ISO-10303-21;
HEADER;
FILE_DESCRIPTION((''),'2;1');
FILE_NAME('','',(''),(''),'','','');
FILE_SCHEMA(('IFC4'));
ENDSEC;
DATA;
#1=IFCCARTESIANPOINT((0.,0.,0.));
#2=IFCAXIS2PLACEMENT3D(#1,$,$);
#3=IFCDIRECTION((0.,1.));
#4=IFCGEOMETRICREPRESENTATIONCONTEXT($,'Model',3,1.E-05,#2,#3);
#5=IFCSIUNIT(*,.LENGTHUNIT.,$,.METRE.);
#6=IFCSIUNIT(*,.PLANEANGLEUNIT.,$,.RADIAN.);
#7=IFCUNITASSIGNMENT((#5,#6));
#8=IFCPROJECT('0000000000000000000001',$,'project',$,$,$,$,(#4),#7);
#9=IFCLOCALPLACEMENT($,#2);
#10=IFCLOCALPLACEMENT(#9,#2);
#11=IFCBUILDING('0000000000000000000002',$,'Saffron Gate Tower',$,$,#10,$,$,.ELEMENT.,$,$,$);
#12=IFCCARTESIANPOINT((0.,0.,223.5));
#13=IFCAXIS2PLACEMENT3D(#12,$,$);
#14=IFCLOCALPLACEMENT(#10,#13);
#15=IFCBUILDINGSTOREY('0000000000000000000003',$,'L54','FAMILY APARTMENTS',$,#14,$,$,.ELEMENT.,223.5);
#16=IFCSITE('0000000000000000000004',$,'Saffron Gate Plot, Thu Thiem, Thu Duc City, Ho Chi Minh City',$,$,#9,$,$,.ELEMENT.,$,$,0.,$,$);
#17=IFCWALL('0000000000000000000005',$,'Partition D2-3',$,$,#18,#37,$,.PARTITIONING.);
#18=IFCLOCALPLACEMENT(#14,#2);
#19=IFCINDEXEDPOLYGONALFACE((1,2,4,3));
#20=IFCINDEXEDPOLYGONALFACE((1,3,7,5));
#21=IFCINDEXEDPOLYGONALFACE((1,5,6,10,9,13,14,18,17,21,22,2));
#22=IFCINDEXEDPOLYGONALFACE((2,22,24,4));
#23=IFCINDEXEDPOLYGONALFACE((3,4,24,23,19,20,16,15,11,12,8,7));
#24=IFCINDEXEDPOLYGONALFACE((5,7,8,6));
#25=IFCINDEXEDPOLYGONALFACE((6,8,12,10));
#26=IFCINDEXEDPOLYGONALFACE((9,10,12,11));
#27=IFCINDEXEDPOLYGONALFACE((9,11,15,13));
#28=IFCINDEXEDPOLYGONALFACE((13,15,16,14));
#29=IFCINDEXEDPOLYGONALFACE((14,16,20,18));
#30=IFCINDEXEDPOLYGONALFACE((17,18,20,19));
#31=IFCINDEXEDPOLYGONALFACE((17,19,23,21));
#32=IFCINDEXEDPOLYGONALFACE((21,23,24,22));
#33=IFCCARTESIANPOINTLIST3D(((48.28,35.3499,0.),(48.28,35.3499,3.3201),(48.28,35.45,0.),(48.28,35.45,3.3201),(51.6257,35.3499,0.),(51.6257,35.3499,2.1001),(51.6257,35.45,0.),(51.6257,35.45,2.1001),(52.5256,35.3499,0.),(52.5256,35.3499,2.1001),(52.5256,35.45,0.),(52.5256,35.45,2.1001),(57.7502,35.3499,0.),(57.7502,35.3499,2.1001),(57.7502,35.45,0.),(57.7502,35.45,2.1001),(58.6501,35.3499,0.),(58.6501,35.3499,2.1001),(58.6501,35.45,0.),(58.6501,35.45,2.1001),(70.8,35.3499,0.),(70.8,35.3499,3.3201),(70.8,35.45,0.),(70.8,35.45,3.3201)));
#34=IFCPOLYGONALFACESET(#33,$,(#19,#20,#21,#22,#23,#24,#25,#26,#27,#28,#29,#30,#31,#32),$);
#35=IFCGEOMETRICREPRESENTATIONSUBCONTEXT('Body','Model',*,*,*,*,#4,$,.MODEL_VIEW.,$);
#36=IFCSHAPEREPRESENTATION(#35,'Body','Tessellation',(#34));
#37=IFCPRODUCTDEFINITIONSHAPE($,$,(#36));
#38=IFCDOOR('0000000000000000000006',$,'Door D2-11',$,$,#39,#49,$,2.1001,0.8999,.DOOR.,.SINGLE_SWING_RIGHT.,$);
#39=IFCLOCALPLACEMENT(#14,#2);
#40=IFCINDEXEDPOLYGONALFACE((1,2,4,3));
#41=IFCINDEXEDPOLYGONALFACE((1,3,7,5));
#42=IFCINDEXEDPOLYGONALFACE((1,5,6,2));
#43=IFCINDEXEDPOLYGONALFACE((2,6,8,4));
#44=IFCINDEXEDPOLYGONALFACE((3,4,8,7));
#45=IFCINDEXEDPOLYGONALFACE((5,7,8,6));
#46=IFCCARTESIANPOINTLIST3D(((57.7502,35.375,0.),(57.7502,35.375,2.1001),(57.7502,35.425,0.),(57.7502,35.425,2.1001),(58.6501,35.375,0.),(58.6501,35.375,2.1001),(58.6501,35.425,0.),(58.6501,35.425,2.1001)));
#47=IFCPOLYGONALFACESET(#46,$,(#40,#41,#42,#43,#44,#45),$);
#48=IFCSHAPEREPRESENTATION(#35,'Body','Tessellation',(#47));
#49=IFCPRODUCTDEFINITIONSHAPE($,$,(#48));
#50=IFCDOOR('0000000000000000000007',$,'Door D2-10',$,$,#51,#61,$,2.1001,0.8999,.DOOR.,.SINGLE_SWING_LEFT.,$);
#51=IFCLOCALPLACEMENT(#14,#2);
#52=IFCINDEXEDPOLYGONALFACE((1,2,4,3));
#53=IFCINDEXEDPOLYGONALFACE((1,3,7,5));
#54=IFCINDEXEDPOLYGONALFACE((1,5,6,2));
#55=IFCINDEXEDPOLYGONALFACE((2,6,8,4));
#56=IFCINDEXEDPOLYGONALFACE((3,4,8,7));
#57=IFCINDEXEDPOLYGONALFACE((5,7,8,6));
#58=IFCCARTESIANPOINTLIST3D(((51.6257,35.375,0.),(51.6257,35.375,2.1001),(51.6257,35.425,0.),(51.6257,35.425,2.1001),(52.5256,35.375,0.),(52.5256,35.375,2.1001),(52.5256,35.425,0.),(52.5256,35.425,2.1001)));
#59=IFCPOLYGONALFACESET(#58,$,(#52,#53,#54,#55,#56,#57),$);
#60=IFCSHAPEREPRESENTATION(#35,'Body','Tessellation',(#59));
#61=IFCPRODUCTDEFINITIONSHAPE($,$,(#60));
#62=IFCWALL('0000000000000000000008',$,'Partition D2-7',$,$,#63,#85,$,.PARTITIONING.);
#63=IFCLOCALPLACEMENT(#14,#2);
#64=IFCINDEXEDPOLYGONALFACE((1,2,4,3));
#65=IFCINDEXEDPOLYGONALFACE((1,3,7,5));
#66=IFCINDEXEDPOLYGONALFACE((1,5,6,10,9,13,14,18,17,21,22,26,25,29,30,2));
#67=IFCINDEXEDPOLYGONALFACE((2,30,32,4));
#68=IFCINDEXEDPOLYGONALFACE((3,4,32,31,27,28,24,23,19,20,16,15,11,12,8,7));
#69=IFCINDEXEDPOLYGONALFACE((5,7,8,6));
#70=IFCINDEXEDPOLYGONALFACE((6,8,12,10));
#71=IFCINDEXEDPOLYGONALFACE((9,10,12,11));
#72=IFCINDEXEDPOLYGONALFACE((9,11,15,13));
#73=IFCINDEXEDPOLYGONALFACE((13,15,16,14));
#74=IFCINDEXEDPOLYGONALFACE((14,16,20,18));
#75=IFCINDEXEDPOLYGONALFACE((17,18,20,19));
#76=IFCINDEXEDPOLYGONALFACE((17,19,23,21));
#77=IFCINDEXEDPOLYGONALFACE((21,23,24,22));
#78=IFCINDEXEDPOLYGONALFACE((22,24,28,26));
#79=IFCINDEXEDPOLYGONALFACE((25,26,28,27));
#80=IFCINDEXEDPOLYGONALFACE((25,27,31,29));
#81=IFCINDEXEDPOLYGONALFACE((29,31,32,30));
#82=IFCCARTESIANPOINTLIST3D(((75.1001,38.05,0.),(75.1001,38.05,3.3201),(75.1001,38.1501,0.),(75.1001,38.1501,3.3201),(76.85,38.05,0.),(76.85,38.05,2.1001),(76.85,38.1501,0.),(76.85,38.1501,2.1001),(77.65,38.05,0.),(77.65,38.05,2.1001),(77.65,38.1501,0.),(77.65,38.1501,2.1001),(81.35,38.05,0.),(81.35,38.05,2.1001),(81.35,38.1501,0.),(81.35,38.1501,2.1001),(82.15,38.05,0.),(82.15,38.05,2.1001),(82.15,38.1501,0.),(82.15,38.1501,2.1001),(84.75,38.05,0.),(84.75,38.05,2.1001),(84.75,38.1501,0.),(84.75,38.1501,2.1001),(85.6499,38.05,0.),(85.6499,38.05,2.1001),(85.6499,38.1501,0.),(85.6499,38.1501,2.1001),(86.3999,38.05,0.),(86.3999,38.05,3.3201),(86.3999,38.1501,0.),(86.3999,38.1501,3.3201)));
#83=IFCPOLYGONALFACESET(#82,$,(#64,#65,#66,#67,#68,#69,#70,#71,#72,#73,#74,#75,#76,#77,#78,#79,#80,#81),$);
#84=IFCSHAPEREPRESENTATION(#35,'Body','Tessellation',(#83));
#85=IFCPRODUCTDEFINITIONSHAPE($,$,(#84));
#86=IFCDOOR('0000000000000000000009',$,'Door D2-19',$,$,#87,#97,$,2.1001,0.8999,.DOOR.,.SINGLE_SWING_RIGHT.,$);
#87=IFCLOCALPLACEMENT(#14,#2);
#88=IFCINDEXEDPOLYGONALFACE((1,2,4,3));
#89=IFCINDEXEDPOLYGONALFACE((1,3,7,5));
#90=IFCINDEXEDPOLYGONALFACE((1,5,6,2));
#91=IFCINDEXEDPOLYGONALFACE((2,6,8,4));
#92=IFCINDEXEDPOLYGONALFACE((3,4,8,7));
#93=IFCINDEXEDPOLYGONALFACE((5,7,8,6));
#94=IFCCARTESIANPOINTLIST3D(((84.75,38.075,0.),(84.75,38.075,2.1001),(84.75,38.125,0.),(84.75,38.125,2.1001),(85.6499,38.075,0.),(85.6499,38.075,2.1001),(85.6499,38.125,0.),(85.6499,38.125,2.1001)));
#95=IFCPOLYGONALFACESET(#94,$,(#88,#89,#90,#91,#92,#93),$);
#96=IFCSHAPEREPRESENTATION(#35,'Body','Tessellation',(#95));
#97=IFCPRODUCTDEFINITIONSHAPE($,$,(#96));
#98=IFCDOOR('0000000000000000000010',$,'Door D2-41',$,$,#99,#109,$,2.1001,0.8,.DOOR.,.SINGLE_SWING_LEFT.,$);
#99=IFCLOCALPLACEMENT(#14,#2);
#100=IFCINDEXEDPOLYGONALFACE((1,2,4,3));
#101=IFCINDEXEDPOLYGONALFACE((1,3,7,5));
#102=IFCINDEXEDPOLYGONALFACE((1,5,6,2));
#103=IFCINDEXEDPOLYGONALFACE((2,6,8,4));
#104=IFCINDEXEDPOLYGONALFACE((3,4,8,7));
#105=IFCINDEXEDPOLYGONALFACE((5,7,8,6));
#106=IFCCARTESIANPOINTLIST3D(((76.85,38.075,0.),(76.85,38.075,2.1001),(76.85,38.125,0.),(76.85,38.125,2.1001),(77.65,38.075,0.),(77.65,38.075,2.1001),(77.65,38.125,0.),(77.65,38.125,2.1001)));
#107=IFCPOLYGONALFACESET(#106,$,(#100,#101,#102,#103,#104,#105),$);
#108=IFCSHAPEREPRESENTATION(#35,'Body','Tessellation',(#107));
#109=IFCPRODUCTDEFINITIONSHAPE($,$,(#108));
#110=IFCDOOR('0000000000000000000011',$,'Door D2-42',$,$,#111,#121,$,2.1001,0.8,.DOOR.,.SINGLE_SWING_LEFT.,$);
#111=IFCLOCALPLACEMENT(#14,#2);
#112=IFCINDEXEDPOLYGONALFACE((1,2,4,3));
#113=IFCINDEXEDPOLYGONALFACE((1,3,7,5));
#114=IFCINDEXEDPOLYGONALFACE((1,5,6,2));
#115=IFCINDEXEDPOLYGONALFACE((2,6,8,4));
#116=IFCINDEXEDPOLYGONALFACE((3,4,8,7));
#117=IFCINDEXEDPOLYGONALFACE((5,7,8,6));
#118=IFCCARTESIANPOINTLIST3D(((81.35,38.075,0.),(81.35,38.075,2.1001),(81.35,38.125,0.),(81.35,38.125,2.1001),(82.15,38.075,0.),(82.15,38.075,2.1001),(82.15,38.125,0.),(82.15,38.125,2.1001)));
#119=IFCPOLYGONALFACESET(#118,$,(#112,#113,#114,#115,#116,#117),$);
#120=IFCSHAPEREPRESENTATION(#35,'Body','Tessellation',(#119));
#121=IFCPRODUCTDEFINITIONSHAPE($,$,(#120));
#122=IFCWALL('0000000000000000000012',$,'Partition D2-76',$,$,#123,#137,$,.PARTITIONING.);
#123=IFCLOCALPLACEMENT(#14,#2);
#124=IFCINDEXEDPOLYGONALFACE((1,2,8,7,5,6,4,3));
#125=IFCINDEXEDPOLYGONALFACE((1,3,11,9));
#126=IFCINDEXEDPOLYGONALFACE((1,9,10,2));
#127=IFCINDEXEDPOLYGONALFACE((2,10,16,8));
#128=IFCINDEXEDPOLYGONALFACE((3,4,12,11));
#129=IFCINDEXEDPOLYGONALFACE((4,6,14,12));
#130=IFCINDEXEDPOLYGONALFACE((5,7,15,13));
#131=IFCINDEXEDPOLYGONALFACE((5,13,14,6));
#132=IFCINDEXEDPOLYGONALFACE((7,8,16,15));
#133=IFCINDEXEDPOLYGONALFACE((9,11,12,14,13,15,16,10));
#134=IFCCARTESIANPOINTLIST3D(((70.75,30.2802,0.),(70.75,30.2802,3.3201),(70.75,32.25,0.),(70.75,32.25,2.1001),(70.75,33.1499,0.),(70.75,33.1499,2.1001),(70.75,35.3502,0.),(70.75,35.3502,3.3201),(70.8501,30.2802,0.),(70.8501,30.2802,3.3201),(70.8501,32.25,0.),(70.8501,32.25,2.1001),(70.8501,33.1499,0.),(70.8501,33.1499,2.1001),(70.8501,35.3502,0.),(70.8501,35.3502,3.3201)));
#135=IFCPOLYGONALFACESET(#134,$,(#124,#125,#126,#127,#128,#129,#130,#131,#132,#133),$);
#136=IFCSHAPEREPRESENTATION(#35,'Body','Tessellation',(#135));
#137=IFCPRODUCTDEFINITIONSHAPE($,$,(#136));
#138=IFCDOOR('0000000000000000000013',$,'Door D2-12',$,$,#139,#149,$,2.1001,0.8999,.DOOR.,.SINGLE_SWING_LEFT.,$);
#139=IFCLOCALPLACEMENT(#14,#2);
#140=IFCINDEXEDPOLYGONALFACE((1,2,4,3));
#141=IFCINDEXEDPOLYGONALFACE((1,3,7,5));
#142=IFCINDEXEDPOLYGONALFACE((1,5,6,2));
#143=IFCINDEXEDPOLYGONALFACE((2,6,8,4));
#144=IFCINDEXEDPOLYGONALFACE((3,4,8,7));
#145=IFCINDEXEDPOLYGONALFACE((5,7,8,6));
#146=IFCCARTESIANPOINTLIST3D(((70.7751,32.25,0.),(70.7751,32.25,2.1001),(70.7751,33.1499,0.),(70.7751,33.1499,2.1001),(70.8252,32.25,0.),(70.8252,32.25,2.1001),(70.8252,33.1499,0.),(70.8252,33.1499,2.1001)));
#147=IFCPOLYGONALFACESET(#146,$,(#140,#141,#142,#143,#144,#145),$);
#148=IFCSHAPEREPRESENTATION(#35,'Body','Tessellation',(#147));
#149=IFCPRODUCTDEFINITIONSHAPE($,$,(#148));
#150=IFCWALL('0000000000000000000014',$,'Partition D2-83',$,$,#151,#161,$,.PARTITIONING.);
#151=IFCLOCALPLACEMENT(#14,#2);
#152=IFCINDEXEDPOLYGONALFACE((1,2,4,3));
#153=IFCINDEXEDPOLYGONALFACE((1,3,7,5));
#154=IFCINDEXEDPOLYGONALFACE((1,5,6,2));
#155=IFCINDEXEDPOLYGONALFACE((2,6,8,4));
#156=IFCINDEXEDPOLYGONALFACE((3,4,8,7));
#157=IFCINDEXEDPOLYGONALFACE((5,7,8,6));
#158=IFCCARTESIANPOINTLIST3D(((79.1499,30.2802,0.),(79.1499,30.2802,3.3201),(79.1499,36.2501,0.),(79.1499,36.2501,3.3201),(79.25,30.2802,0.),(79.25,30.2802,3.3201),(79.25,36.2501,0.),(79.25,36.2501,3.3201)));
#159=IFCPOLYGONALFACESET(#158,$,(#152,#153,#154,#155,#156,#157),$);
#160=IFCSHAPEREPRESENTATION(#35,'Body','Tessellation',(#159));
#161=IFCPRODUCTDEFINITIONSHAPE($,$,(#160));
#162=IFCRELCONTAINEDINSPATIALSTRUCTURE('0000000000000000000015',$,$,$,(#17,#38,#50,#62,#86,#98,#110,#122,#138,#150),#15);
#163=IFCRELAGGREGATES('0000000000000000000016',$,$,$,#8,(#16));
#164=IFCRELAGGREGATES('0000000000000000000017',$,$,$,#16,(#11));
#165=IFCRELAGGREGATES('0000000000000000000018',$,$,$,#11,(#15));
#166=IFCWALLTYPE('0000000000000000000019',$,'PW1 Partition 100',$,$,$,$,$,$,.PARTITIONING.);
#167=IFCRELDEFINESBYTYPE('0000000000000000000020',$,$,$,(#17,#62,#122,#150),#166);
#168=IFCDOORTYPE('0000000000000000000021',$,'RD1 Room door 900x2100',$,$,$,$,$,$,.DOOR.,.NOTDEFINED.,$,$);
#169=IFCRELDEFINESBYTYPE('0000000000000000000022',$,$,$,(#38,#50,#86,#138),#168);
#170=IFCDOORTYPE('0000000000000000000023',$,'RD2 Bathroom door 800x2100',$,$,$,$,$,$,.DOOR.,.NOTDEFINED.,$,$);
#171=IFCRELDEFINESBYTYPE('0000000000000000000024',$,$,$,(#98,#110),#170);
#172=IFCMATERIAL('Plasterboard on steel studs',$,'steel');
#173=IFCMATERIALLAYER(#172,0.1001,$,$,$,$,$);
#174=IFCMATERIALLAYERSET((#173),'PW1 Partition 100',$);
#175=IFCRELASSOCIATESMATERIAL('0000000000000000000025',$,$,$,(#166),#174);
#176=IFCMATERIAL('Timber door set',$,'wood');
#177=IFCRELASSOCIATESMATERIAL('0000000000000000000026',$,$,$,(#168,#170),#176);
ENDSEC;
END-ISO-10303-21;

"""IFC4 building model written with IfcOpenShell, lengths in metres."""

from ifc_helpers import new_model, si_unit, direction, frame, frame_2d, origin, place, context, subcontext, project, spatial, rectangle, extrude, material, layer, layer_set, type_object, element, fill, save


model = new_model("IFC4")

# Units and contexts
model_context = context("Model", 3, precision=1e-05, world=origin(), true_north=direction((0.0, 1.0)))
body_context = subcontext(model_context, "Body", "Model", "MODEL_VIEW")
ifc_project = project(units=[si_unit("LENGTHUNIT", "METRE"), si_unit("PLANEANGLEUNIT", "RADIAN")], contexts=[model_context])

# Site, building, storey
site_placement = place(None, origin())
site = spatial("IfcSite", under=ifc_project, at=site_placement, Name="Saffron Gate Plot, Thu Thiem, Thu Duc City, Ho Chi Minh City", CompositionType="ELEMENT", RefElevation=0.0)
building_placement = place(site_placement, origin())
building = spatial("IfcBuilding", under=site, at=building_placement, Name="Saffron Gate Tower", CompositionType="ELEMENT")
storey_placement = place(building_placement, frame((0.0, 0.0, 223.5)))
storey = spatial("IfcBuildingStorey", under=building, at=storey_placement, Name="L54", Description="FAMILY APARTMENTS", CompositionType="ELEMENT", Elevation=223.5)

# Walls, openings, doors
ifc_material_1 = material(Name="Plasterboard on steel studs", Category="steel")
ifc_layer_1 = layer(ifc_material_1, 0.1001)
ifc_layer_set_1 = layer_set([ifc_layer_1], Name="PW1 Partition 100")
wall_type_1 = type_object("IfcWallType", Name="PW1 Partition 100", PredefinedType="PARTITIONING", material=ifc_layer_set_1)
wall_1_placement = place(storey_placement, frame((70.8, 35.3999, 0.0), z_axis=(0.0, 0.0, 1.0), x_axis=(-1.0, 0.0, 0.0)))
wall_1 = element("IfcWall", 1, at=wall_1_placement, inside=storey, type_object=wall_type_1, Name="Partition D2-3", PredefinedType="PARTITIONING", context=body_context, shape_type="SweptSolid", body=[
    extrude(rectangle(XDim=22.52, YDim=0.1001, at=frame_2d((11.26, 0.0))), origin(), (0.0, 0.0, 1.0), 3.3201),
])
opening_1_placement = place(wall_1_placement, frame((12.1499, 0.0, 0.0)))
opening_1 = element("IfcOpeningElement", 2, at=opening_1_placement, cuts=wall_1, PredefinedType="OPENING", context=body_context, shape_type="SweptSolid", body=[
    extrude(rectangle(XDim=0.8999, YDim=2.1001, at=frame_2d((0.45, 1.05))), frame((0.0, 0.0601, 0.0), z_axis=(0.0, -1.0, 0.0), x_axis=(1.0, 0.0, 0.0)), (0.0, 0.0, 1.0), 0.1201),
])
opening_2_placement = place(wall_1_placement, frame((18.2744, 0.0, 0.0)))
opening_2 = element("IfcOpeningElement", 3, at=opening_2_placement, cuts=wall_1, PredefinedType="OPENING", context=body_context, shape_type="SweptSolid", body=[
    extrude(rectangle(XDim=0.8999, YDim=2.1001, at=frame_2d((0.45, 1.05))), frame((0.0, 0.0601, 0.0), z_axis=(0.0, -1.0, 0.0), x_axis=(1.0, 0.0, 0.0)), (0.0, 0.0, 1.0), 0.1201),
])
ifc_material_2 = material(Name="Timber door set", Category="wood")
door_type_1 = type_object("IfcDoorType", Name="RD1 Room door 900x2100", OperationType="NOTDEFINED", PredefinedType="DOOR", material=ifc_material_2)
door_1_placement = place(opening_1_placement, origin())
door_1 = element("IfcDoor", 4, at=door_1_placement, inside=storey, type_object=door_type_1, Name="Door D2-11", OperationType="SINGLE_SWING_RIGHT", OverallHeight=2.1001, OverallWidth=0.8999, PredefinedType="DOOR", context=body_context, shape_type="SweptSolid", body=[
    extrude(rectangle(XDim=0.8999, YDim=2.1001, at=frame_2d((0.45, 1.05))), frame((0.0, 0.0249, 0.0), z_axis=(0.0, -1.0, 0.0), x_axis=(1.0, 0.0, 0.0)), (0.0, 0.0, 1.0), 0.05),
])
fill(opening_1, door_1)
door_2_placement = place(opening_2_placement, origin())
door_2 = element("IfcDoor", 5, at=door_2_placement, inside=storey, type_object=door_type_1, Name="Door D2-10", OperationType="SINGLE_SWING_LEFT", OverallHeight=2.1001, OverallWidth=0.8999, PredefinedType="DOOR", context=body_context, shape_type="SweptSolid", body=[
    extrude(rectangle(XDim=0.8999, YDim=2.1001, at=frame_2d((0.45, 1.05))), frame((0.0, 0.0249, 0.0), z_axis=(0.0, -1.0, 0.0), x_axis=(1.0, 0.0, 0.0)), (0.0, 0.0, 1.0), 0.05),
])
fill(opening_2, door_2)
wall_2_placement = place(storey_placement, frame((75.1001, 38.1001, 0.0), z_axis=(0.0, 0.0, 1.0), x_axis=(1.0, 0.0, 0.0)))
wall_2 = element("IfcWall", 6, at=wall_2_placement, inside=storey, type_object=wall_type_1, Name="Partition D2-7", PredefinedType="PARTITIONING", context=body_context, shape_type="SweptSolid", body=[
    extrude(rectangle(XDim=11.2998, YDim=0.1001, at=frame_2d((5.6499, 0.0))), origin(), (0.0, 0.0, 1.0), 3.3201),
])
opening_3_placement = place(wall_2_placement, frame((1.75, 0.0, 0.0)))
opening_3 = element("IfcOpeningElement", 7, at=opening_3_placement, cuts=wall_2, PredefinedType="OPENING", context=body_context, shape_type="SweptSolid", body=[
    extrude(rectangle(XDim=0.8, YDim=2.1001, at=frame_2d((0.3999, 1.05))), frame((0.0, 0.0601, 0.0), z_axis=(0.0, -1.0, 0.0), x_axis=(1.0, 0.0, 0.0)), (0.0, 0.0, 1.0), 0.1201),
])
opening_4_placement = place(wall_2_placement, frame((6.25, 0.0, 0.0)))
opening_4 = element("IfcOpeningElement", 8, at=opening_4_placement, cuts=wall_2, PredefinedType="OPENING", context=body_context, shape_type="SweptSolid", body=[
    extrude(rectangle(XDim=0.8, YDim=2.1001, at=frame_2d((0.3999, 1.05))), frame((0.0, 0.0601, 0.0), z_axis=(0.0, -1.0, 0.0), x_axis=(1.0, 0.0, 0.0)), (0.0, 0.0, 1.0), 0.1201),
])
opening_5_placement = place(wall_2_placement, frame((9.6499, 0.0, 0.0)))
opening_5 = element("IfcOpeningElement", 9, at=opening_5_placement, cuts=wall_2, PredefinedType="OPENING", context=body_context, shape_type="SweptSolid", body=[
    extrude(rectangle(XDim=0.8999, YDim=2.1001, at=frame_2d((0.45, 1.05))), frame((0.0, 0.0601, 0.0), z_axis=(0.0, -1.0, 0.0), x_axis=(1.0, 0.0, 0.0)), (0.0, 0.0, 1.0), 0.1201),
])
door_3_placement = place(opening_5_placement, origin())
door_3 = element("IfcDoor", 10, at=door_3_placement, inside=storey, type_object=door_type_1, Name="Door D2-19", OperationType="SINGLE_SWING_RIGHT", OverallHeight=2.1001, OverallWidth=0.8999, PredefinedType="DOOR", context=body_context, shape_type="SweptSolid", body=[
    extrude(rectangle(XDim=0.8999, YDim=2.1001, at=frame_2d((0.45, 1.05))), frame((0.0, 0.0249, 0.0), z_axis=(0.0, -1.0, 0.0), x_axis=(1.0, 0.0, 0.0)), (0.0, 0.0, 1.0), 0.05),
])
fill(opening_5, door_3)
door_type_2 = type_object("IfcDoorType", Name="RD2 Bathroom door 800x2100", OperationType="NOTDEFINED", PredefinedType="DOOR", material=ifc_material_2)
door_4_placement = place(opening_3_placement, origin())
door_4 = element("IfcDoor", 11, at=door_4_placement, inside=storey, type_object=door_type_2, Name="Door D2-41", OperationType="SINGLE_SWING_LEFT", OverallHeight=2.1001, OverallWidth=0.8, PredefinedType="DOOR", context=body_context, shape_type="SweptSolid", body=[
    extrude(rectangle(XDim=0.8, YDim=2.1001, at=frame_2d((0.3999, 1.05))), frame((0.0, 0.0249, 0.0), z_axis=(0.0, -1.0, 0.0), x_axis=(1.0, 0.0, 0.0)), (0.0, 0.0, 1.0), 0.05),
])
fill(opening_3, door_4)
door_5_placement = place(opening_4_placement, origin())
door_5 = element("IfcDoor", 12, at=door_5_placement, inside=storey, type_object=door_type_2, Name="Door D2-42", OperationType="SINGLE_SWING_LEFT", OverallHeight=2.1001, OverallWidth=0.8, PredefinedType="DOOR", context=body_context, shape_type="SweptSolid", body=[
    extrude(rectangle(XDim=0.8, YDim=2.1001, at=frame_2d((0.3999, 1.05))), frame((0.0, 0.0249, 0.0), z_axis=(0.0, -1.0, 0.0), x_axis=(1.0, 0.0, 0.0)), (0.0, 0.0, 1.0), 0.05),
])
fill(opening_4, door_5)

# Wall, opening, door
wall_3_placement = place(storey_placement, frame((70.8, 30.28, 0.0), z_axis=(0.0, 0.0, 1.0), x_axis=(0.0, 1.0, 0.0)))
wall_3 = element("IfcWall", 13, at=wall_3_placement, inside=storey, type_object=wall_type_1, Name="Partition D2-76", PredefinedType="PARTITIONING", context=body_context, shape_type="SweptSolid", body=[
    extrude(rectangle(XDim=5.0701, YDim=0.1001, at=frame_2d((2.5352, 0.0))), origin(), (0.0, 0.0, 1.0), 3.3201),
])
opening_6_placement = place(wall_3_placement, frame((1.97, 0.0, 0.0)))
opening_6 = element("IfcOpeningElement", 14, at=opening_6_placement, cuts=wall_3, PredefinedType="OPENING", context=body_context, shape_type="SweptSolid", body=[
    extrude(rectangle(XDim=0.8999, YDim=2.1001, at=frame_2d((0.45, 1.05))), frame((0.0, 0.0601, 0.0), z_axis=(0.0, -1.0, 0.0), x_axis=(1.0, 0.0, 0.0)), (0.0, 0.0, 1.0), 0.1201),
])
door_6_placement = place(opening_6_placement, origin())
door_6 = element("IfcDoor", 15, at=door_6_placement, inside=storey, type_object=door_type_1, Name="Door D2-12", OperationType="SINGLE_SWING_LEFT", OverallHeight=2.1001, OverallWidth=0.8999, PredefinedType="DOOR", context=body_context, shape_type="SweptSolid", body=[
    extrude(rectangle(XDim=0.8999, YDim=2.1001, at=frame_2d((0.45, 1.05))), frame((0.0, 0.0249, 0.0), z_axis=(0.0, -1.0, 0.0), x_axis=(1.0, 0.0, 0.0)), (0.0, 0.0, 1.0), 0.05),
])
fill(opening_6, door_6)

# Wall
wall_4_placement = place(storey_placement, frame((79.2, 36.25, 0.0), z_axis=(0.0, 0.0, 1.0), x_axis=(0.0, -1.0, 0.0)))
element("IfcWall", 16, at=wall_4_placement, inside=storey, type_object=wall_type_1, Name="Partition D2-83", PredefinedType="PARTITIONING", context=body_context, shape_type="SweptSolid", body=[
    extrude(rectangle(XDim=5.97, YDim=0.1001, at=frame_2d((2.9849, 0.0))), origin(), (0.0, 0.0, 1.0), 3.3201),
])

save(model, "model.ifc")
